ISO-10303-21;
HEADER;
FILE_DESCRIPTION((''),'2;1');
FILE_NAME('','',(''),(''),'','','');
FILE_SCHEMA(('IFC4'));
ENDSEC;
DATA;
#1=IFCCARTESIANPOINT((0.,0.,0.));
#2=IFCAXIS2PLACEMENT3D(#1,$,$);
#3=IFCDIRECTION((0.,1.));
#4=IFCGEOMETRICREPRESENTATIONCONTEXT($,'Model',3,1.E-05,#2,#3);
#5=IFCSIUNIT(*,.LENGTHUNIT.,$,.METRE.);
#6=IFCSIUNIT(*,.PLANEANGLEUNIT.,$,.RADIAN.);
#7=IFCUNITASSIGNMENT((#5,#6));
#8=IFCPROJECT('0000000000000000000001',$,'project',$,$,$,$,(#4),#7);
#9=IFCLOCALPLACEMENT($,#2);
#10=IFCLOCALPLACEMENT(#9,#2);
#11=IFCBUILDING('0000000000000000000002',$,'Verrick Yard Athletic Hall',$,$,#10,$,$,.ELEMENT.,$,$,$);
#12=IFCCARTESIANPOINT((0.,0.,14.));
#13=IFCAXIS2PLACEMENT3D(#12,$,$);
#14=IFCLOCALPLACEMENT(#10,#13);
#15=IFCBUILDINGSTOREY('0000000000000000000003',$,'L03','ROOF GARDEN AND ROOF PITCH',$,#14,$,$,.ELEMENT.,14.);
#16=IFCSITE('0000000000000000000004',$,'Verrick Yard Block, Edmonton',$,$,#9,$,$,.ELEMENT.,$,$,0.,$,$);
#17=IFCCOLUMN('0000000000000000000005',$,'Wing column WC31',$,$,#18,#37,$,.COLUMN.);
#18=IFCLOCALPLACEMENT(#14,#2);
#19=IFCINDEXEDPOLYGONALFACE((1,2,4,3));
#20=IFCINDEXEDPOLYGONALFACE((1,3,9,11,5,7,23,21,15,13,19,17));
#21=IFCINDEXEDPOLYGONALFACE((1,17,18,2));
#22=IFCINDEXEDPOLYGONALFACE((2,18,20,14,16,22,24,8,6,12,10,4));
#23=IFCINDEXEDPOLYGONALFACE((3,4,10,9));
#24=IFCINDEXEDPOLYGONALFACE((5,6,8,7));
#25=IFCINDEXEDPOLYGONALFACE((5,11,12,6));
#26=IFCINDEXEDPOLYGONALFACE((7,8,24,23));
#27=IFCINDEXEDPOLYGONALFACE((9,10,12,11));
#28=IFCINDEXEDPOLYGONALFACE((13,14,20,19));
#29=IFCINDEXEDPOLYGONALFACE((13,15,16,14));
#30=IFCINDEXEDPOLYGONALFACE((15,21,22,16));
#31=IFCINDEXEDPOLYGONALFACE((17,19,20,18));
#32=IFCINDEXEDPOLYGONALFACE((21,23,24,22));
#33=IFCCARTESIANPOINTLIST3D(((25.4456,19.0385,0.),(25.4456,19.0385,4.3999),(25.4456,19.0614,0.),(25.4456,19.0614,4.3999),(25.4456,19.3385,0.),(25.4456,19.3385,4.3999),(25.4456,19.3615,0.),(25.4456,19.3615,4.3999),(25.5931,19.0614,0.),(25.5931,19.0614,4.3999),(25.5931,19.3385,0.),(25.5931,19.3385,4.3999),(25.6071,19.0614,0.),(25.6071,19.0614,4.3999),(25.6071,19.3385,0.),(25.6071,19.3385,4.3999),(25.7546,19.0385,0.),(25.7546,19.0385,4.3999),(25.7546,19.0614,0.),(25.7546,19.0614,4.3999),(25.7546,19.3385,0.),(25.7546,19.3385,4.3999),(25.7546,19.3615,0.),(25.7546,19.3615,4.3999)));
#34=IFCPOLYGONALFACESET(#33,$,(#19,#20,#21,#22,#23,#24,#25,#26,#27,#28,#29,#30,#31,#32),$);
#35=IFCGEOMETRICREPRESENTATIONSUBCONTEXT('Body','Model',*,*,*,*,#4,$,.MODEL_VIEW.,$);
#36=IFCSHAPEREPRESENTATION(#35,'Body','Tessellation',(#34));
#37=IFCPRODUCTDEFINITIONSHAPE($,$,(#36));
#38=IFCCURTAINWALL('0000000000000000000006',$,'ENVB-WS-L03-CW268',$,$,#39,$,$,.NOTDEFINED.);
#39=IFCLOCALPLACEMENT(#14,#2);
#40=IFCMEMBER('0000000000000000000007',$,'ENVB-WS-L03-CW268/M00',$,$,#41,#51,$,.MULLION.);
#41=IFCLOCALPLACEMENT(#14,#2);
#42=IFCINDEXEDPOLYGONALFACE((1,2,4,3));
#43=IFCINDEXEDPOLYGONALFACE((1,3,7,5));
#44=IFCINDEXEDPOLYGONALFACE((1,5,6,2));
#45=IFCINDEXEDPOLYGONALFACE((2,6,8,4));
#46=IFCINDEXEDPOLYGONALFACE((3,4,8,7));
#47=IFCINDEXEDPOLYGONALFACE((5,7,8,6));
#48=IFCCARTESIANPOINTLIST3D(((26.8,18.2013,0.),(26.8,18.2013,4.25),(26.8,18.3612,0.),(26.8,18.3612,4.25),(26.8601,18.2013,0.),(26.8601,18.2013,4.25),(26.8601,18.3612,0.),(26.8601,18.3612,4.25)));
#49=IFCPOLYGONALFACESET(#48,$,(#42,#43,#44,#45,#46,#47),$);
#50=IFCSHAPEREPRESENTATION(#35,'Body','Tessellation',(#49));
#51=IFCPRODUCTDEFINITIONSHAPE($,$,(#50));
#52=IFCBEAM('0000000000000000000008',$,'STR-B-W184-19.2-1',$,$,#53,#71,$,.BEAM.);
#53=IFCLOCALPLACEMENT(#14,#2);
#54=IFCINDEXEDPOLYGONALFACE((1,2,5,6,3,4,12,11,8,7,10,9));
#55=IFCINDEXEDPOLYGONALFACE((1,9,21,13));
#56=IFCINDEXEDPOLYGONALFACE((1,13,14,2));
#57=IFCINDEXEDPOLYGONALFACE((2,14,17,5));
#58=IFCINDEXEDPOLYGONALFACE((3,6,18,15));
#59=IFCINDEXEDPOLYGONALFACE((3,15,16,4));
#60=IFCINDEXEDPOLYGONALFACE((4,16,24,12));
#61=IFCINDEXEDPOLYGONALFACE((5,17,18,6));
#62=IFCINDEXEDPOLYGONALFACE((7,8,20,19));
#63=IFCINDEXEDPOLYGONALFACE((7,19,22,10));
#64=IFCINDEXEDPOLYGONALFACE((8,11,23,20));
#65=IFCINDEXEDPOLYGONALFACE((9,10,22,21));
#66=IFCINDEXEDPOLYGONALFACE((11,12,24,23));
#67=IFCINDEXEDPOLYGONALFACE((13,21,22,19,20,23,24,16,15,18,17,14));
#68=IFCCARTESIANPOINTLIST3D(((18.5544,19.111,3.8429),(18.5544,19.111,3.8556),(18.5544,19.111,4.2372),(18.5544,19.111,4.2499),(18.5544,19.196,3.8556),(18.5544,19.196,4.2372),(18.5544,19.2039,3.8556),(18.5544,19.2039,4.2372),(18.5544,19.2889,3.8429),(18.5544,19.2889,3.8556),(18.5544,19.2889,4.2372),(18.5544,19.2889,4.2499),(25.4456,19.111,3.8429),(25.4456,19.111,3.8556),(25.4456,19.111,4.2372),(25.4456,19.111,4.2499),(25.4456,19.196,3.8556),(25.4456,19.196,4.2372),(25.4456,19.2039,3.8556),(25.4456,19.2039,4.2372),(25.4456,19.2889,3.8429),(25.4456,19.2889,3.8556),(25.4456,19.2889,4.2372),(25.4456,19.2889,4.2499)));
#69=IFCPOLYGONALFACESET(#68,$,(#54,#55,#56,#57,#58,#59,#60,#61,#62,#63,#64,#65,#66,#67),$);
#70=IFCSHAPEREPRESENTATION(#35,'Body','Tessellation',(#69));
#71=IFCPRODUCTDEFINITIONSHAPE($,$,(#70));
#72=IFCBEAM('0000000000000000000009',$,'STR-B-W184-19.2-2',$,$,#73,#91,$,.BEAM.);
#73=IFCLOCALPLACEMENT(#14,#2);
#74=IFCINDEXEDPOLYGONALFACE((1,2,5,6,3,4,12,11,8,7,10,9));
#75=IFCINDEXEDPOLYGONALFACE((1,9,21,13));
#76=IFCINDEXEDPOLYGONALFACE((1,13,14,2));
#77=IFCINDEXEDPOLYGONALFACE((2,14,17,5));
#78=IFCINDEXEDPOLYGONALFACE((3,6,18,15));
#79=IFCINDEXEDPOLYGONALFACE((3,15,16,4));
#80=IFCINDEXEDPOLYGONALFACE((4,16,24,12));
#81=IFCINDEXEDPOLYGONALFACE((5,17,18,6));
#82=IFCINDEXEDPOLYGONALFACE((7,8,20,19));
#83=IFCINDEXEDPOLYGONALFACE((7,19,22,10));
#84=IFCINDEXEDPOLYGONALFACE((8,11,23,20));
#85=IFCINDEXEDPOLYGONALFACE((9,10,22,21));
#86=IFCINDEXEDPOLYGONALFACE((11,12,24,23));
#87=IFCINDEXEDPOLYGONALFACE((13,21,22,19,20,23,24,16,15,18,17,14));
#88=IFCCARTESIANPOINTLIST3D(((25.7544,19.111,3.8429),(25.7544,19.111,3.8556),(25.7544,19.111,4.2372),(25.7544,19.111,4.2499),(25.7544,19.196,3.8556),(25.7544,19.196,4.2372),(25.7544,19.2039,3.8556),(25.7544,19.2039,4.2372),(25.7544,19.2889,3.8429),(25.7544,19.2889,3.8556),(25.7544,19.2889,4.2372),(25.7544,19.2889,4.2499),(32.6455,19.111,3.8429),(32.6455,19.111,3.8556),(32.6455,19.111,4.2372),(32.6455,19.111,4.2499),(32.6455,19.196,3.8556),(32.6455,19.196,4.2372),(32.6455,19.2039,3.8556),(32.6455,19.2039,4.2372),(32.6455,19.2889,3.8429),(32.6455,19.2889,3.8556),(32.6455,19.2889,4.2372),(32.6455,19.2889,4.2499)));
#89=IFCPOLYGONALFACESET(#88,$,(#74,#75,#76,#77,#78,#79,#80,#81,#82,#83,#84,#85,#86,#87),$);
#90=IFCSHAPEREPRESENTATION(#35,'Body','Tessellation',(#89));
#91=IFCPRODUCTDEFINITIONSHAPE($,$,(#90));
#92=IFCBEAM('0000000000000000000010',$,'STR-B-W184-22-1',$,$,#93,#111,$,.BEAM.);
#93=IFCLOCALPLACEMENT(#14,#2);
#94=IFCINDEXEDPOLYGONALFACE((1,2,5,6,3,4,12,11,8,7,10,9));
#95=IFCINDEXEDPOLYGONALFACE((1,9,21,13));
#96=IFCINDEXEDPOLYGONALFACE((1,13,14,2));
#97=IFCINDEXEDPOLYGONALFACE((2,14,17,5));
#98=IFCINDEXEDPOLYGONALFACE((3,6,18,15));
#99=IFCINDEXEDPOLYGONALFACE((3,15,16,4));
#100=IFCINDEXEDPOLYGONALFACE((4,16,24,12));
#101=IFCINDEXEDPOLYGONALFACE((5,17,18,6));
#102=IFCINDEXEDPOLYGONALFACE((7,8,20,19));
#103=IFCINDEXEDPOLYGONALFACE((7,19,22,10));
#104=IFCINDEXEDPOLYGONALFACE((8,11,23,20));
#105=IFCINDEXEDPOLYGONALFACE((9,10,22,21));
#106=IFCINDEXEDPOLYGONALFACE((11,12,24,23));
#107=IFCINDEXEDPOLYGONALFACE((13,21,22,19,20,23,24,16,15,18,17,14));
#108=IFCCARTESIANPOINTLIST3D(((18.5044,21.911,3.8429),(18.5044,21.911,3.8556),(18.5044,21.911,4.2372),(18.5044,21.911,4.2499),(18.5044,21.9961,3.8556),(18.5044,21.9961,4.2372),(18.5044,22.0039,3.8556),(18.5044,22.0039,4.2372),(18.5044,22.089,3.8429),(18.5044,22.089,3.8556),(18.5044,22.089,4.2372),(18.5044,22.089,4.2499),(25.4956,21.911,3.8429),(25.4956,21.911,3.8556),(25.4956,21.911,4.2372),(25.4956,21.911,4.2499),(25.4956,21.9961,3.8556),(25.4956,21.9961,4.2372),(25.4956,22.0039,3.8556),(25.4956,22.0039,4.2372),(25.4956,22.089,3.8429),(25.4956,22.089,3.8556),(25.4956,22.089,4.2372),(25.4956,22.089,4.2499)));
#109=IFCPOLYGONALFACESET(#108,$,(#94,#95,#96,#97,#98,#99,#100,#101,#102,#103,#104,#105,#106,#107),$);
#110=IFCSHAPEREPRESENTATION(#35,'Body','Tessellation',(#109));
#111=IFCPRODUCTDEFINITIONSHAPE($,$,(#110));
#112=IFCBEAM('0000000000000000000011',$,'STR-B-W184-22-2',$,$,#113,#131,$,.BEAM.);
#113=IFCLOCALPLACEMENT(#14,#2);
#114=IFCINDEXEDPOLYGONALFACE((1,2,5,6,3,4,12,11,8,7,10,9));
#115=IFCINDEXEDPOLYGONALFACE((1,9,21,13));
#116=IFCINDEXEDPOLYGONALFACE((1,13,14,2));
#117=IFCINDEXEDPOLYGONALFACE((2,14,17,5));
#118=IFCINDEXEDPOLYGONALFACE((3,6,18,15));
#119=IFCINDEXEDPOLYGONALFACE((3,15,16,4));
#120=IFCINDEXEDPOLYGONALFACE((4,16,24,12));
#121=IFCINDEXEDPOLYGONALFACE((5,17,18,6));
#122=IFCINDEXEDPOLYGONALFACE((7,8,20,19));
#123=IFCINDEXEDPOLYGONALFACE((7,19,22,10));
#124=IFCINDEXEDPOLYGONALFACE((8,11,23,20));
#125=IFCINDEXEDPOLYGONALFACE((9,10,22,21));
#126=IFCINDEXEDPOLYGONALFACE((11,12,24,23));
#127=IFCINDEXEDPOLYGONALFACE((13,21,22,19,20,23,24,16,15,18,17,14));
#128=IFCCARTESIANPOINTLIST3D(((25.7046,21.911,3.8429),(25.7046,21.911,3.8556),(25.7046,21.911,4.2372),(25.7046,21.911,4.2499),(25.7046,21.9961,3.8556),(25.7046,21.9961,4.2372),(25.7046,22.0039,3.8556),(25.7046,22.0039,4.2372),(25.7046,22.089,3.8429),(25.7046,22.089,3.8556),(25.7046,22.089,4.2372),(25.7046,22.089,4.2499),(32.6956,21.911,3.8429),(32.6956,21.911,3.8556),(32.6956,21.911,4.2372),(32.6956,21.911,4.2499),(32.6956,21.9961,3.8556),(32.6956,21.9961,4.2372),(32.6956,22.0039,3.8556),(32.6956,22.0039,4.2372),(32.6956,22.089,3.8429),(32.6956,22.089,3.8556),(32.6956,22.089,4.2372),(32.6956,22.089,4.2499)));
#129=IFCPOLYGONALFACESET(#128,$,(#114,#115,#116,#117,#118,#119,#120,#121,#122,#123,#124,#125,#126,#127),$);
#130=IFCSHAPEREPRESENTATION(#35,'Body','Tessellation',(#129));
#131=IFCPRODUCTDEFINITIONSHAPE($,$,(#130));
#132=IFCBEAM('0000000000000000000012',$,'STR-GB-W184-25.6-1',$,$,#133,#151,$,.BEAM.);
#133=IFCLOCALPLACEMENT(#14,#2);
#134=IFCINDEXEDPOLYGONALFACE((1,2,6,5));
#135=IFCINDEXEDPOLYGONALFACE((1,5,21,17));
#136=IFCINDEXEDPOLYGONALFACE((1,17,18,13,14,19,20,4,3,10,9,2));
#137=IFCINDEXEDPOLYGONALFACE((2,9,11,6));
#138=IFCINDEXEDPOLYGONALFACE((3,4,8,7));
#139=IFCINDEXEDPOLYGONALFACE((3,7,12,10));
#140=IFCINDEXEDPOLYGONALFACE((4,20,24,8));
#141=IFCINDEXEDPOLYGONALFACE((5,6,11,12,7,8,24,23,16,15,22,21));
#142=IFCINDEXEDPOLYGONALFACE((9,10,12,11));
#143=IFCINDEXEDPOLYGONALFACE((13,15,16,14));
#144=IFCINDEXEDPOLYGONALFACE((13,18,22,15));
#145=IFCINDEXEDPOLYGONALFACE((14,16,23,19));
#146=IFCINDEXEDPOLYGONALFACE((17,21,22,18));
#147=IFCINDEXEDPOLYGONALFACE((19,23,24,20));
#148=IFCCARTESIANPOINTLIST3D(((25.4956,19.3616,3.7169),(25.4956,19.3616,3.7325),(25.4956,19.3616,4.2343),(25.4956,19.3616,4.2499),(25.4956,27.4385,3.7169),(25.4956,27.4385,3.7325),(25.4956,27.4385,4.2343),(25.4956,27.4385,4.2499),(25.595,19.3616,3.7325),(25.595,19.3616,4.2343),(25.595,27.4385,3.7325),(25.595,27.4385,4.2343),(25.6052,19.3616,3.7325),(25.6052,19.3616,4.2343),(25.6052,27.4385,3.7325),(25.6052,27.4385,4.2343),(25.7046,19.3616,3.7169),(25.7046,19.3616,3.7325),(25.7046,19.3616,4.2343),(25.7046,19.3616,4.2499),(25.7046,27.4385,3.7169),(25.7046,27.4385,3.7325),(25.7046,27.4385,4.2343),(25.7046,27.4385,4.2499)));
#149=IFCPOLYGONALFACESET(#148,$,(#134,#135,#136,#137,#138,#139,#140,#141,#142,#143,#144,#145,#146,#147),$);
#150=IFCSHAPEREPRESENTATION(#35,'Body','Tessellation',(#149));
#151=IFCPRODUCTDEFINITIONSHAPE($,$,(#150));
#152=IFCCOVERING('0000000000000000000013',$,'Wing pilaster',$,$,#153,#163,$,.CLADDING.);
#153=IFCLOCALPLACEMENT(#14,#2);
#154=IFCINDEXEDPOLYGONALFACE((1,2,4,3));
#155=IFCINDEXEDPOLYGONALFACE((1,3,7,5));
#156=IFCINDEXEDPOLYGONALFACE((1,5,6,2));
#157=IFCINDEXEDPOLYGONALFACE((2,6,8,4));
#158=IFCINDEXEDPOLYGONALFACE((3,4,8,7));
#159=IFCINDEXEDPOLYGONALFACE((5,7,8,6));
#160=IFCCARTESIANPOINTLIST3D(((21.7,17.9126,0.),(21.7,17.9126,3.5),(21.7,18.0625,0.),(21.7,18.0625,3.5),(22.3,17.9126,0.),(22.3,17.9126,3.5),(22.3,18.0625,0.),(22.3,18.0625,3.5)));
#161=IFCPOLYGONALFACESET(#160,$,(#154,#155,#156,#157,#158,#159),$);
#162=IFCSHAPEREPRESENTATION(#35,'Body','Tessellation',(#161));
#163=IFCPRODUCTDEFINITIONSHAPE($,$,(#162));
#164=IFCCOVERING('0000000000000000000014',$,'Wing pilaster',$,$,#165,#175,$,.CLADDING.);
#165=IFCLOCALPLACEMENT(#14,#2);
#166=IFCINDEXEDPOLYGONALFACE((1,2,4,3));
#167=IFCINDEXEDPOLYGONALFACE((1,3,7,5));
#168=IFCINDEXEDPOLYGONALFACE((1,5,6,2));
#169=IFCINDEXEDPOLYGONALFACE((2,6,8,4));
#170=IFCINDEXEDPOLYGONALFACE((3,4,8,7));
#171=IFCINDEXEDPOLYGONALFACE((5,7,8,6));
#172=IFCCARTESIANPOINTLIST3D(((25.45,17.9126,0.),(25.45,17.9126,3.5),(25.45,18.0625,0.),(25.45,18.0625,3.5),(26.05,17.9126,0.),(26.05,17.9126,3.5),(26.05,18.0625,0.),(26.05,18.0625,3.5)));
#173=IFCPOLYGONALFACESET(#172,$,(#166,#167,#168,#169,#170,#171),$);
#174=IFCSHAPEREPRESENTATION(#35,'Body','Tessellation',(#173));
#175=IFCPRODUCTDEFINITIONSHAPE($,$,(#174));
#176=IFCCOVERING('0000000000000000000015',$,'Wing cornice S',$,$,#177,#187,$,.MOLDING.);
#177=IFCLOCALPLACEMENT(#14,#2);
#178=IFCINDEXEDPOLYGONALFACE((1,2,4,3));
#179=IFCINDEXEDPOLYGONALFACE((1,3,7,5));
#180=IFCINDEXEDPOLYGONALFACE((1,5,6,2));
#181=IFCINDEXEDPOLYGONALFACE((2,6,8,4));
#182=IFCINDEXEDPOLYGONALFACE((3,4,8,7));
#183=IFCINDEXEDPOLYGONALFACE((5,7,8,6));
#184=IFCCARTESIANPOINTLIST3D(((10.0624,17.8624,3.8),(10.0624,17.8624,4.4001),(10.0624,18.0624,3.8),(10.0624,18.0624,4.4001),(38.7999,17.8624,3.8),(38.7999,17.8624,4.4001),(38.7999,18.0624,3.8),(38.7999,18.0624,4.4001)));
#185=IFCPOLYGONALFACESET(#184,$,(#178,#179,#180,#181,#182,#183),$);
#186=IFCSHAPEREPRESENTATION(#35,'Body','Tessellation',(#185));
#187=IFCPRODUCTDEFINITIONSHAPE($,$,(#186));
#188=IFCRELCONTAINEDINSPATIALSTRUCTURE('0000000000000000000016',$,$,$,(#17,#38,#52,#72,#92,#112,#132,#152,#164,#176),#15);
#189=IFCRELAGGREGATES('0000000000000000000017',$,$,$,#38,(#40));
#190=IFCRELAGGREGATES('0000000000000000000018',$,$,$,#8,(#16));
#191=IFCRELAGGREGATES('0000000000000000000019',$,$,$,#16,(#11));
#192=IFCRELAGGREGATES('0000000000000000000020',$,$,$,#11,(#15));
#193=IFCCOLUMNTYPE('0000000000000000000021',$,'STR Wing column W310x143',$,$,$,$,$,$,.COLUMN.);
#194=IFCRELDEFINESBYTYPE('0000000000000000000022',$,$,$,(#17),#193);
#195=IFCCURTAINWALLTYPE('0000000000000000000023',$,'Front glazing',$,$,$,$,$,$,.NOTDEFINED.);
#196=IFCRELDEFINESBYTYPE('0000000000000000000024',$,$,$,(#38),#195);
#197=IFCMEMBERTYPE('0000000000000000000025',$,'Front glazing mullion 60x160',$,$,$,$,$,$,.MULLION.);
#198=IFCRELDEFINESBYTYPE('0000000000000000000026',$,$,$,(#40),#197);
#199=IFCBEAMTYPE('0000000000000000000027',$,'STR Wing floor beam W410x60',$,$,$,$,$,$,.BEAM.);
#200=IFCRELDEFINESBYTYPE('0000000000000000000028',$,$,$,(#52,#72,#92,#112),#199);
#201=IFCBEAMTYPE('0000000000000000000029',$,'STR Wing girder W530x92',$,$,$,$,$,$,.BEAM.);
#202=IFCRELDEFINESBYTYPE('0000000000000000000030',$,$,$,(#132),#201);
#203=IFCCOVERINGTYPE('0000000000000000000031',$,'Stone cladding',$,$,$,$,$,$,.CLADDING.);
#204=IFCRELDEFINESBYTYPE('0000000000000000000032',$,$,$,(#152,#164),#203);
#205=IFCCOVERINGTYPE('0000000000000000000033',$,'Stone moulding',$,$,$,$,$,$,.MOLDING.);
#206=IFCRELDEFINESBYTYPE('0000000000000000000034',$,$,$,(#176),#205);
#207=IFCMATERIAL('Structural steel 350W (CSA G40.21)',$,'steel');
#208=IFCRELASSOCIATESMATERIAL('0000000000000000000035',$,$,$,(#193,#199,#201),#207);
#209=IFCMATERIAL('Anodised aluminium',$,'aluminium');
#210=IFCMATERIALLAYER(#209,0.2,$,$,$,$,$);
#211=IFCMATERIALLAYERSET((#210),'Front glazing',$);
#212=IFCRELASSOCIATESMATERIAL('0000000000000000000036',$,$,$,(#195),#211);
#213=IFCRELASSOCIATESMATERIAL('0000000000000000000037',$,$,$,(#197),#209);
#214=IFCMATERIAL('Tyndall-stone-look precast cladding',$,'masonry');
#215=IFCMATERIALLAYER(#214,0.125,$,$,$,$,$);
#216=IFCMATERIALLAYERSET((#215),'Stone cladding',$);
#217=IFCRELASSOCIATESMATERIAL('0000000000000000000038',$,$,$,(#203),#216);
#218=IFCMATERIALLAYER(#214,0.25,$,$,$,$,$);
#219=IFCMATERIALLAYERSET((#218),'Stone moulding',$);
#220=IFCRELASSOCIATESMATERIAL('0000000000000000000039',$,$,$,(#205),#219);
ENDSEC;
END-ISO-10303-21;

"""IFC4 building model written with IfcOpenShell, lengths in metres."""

from ifc_helpers import new_model, si_unit, direction, frame, origin, origin_2d, place, context, subcontext, project, spatial, rectangle, i_section, extrude, material, layer, layer_set, material_profile, profile_set, type_object, element, aggregate, save


model = new_model("IFC4")

# Units and contexts
model_context = context("Model", 3, precision=1e-05, world=origin(), true_north=direction((0.0, 1.0)))
body_context = subcontext(model_context, "Body", "Model", "MODEL_VIEW")
ifc_project = project(units=[si_unit("LENGTHUNIT", "METRE"), si_unit("PLANEANGLEUNIT", "RADIAN")], contexts=[model_context])

# Site, building, storey
site_placement = place(None, origin())
site = spatial("IfcSite", under=ifc_project, at=site_placement, Name="Verrick Yard Block, Edmonton", CompositionType="ELEMENT", RefElevation=0.0)
building_placement = place(site_placement, origin())
building = spatial("IfcBuilding", under=site, at=building_placement, Name="Verrick Yard Athletic Hall", CompositionType="ELEMENT")
storey_placement = place(building_placement, frame((0.0, 0.0, 14.0)))
storey = spatial("IfcBuildingStorey", under=building, at=storey_placement, Name="L03", Description="ROOF GARDEN AND ROOF PITCH", CompositionType="ELEMENT", Elevation=14.0)

# Column
ifc_material_1 = material(Name="Structural steel 350W (CSA G40.21)", Category="steel")
ifc_material_profile_1 = material_profile(ifc_material_1, i_section(OverallWidth=0.3091, OverallDepth=0.323, WebThickness=0.0139, FlangeThickness=0.0229, at=origin_2d()), Name="W310x143")
ifc_profile_set_1 = profile_set([ifc_material_profile_1], Name="Structural steel 350W (CSA G40.21)")
column_type = type_object("IfcColumnType", Name="STR Wing column W310x143", PredefinedType="COLUMN", material=ifc_profile_set_1)
column_placement = place(storey_placement, frame((25.6001, 19.2, 0.0), z_axis=(0.0, 0.0, 1.0), x_axis=(1.0, 0.0, 0.0)))
element("IfcColumn", 1, at=column_placement, inside=storey, type_object=column_type, Name="Wing column WC31", PredefinedType="COLUMN", context=body_context, shape_type="SweptSolid", body=[
    extrude(i_section(OverallWidth=0.3091, OverallDepth=0.323, WebThickness=0.0139, FlangeThickness=0.0229, at=origin_2d()), origin(), (0.0, 0.0, 1.0), 4.3999),
])

# Curtain wall, member
ifc_material_2 = material(Name="Anodised aluminium", Category="aluminium")
ifc_layer_1 = layer(ifc_material_2, 0.2)
ifc_layer_set_1 = layer_set([ifc_layer_1], Name="Front glazing")
curtain_wall_type = type_object("IfcCurtainWallType", Name="Front glazing", PredefinedType="NOTDEFINED", material=ifc_layer_set_1)
curtain_wall_placement = place(storey_placement, origin())
curtain_wall = element("IfcCurtainWall", 2, at=curtain_wall_placement, inside=storey, type_object=curtain_wall_type, Name="ENVB-WS-L03-CW268", PredefinedType="NOTDEFINED")
ifc_material_profile_2 = material_profile(ifc_material_2, rectangle(XDim=0.1599, YDim=0.0601, at=origin_2d()), Name="CW mullion 60x160")
ifc_profile_set_2 = profile_set([ifc_material_profile_2], Name="Anodised aluminium")
member_type = type_object("IfcMemberType", Name="Front glazing mullion 60x160", PredefinedType="MULLION", material=ifc_profile_set_2)
member_placement = place(storey_placement, frame((26.8301, 18.2812, 0.0), z_axis=(0.0, 0.0, 1.0), x_axis=(0.0, 1.0, 0.0)))
member = element("IfcMember", 3, at=member_placement, type_object=member_type, Name="ENVB-WS-L03-CW268/M00", PredefinedType="MULLION", context=body_context, shape_type="SweptSolid", body=[
    extrude(rectangle(XDim=0.1599, YDim=0.0601, at=origin_2d()), origin(), (0.0, 0.0, 1.0), 4.25),
])
aggregate(curtain_wall, [member])

# Beams
ifc_material_profile_3 = material_profile(ifc_material_1, i_section(OverallWidth=0.178, OverallDepth=0.407, WebThickness=0.0078, FlangeThickness=0.0127, at=origin_2d()), Name="W410x60")
ifc_profile_set_3 = profile_set([ifc_material_profile_3], Name="Structural steel 350W (CSA G40.21)")
beam_type_1 = type_object("IfcBeamType", Name="STR Wing floor beam W410x60", PredefinedType="BEAM", material=ifc_profile_set_3)
for number, where, z_axis, x_axis, name in (
    (4, (18.5544, 19.2, 4.0464), (1.0, 0.0, 0.0), (0.0, 1.0, 0.0), "STR-B-W184-19.2-1"),
    (5, (25.7544, 19.2, 4.0464), (1.0, 0.0, 0.0), (0.0, 1.0, 0.0), "STR-B-W184-19.2-2"),
):
    element("IfcBeam", number, at=place(storey_placement, frame(where, z_axis=z_axis, x_axis=x_axis)), inside=storey, type_object=beam_type_1, Name=name, PredefinedType="BEAM", context=body_context, shape_type="SweptSolid", body=[
        extrude(i_section(OverallWidth=0.178, OverallDepth=0.407, WebThickness=0.0078, FlangeThickness=0.0127, at=origin_2d()), origin(), (0.0, 0.0, 1.0), 6.8911),
    ])
beam_1_placement = place(storey_placement, frame((18.5044, 22.0, 4.0464), z_axis=(1.0, 0.0, 0.0), x_axis=(0.0, 1.0, 0.0)))
element("IfcBeam", 6, at=beam_1_placement, inside=storey, type_object=beam_type_1, Name="STR-B-W184-22-1", PredefinedType="BEAM", context=body_context, shape_type="SweptSolid", body=[
    extrude(i_section(OverallWidth=0.178, OverallDepth=0.407, WebThickness=0.0078, FlangeThickness=0.0127, at=origin_2d()), origin(), (0.0, 0.0, 1.0), 6.9912),
])
beam_2_placement = place(storey_placement, frame((25.7046, 22.0, 4.0464), z_axis=(1.0, 0.0, 0.0), x_axis=(0.0, 1.0, 0.0)))
element("IfcBeam", 7, at=beam_2_placement, inside=storey, type_object=beam_type_1, Name="STR-B-W184-22-2", PredefinedType="BEAM", context=body_context, shape_type="SweptSolid", body=[
    extrude(i_section(OverallWidth=0.178, OverallDepth=0.407, WebThickness=0.0078, FlangeThickness=0.0127, at=origin_2d()), origin(), (0.0, 0.0, 1.0), 6.991),
])
ifc_material_profile_4 = material_profile(ifc_material_1, i_section(OverallWidth=0.209, OverallDepth=0.533, WebThickness=0.0103, FlangeThickness=0.0156, at=origin_2d()), Name="W530x92")
ifc_profile_set_4 = profile_set([ifc_material_profile_4], Name="Structural steel 350W (CSA G40.21)")
beam_type_2 = type_object("IfcBeamType", Name="STR Wing girder W530x92", PredefinedType="BEAM", material=ifc_profile_set_4)
beam_3_placement = place(storey_placement, frame((25.6001, 19.3616, 3.9834), z_axis=(0.0, 1.0, 0.0), x_axis=(-1.0, 0.0, 0.0)))
element("IfcBeam", 8, at=beam_3_placement, inside=storey, type_object=beam_type_2, Name="STR-GB-W184-25.6-1", PredefinedType="BEAM", context=body_context, shape_type="SweptSolid", body=[
    extrude(i_section(OverallWidth=0.209, OverallDepth=0.533, WebThickness=0.0103, FlangeThickness=0.0156, at=origin_2d()), origin(), (0.0, 0.0, 1.0), 8.0769),
])

# Coverings
ifc_material_3 = material(Name="Tyndall-stone-look precast cladding", Category="masonry")
ifc_layer_2 = layer(ifc_material_3, 0.125)
ifc_layer_set_2 = layer_set([ifc_layer_2], Name="Stone cladding")
covering_type_1 = type_object("IfcCoveringType", Name="Stone cladding", PredefinedType="CLADDING", material=ifc_layer_set_2)
for number, where, z_axis, x_axis, name in (
    (9, (22.0, 17.9875, 0.0), (0.0, 0.0, 1.0), (1.0, 0.0, 0.0), "Wing pilaster"),
    (10, (25.75, 17.9875, 0.0), (0.0, 0.0, 1.0), (1.0, 0.0, 0.0), "Wing pilaster"),
):
    element("IfcCovering", number, at=place(storey_placement, frame(where, z_axis=z_axis, x_axis=x_axis)), inside=storey, type_object=covering_type_1, Name=name, PredefinedType="CLADDING", context=body_context, shape_type="SweptSolid", body=[
        extrude(rectangle(XDim=0.6001, YDim=0.1499, at=origin_2d()), origin(), (0.0, 0.0, 1.0), 3.5),
    ])
ifc_layer_3 = layer(ifc_material_3, 0.25)
ifc_layer_set_3 = layer_set([ifc_layer_3], Name="Stone moulding")
covering_type_2 = type_object("IfcCoveringType", Name="Stone moulding", PredefinedType="MOLDING", material=ifc_layer_set_3)
covering_1_placement = place(storey_placement, frame((24.4312, 17.9624, 3.8), z_axis=(0.0, 0.0, 1.0), x_axis=(1.0, 0.0, 0.0)))
element("IfcCovering", 11, at=covering_1_placement, inside=storey, type_object=covering_type_2, Name="Wing cornice S", PredefinedType="MOLDING", context=body_context, shape_type="SweptSolid", body=[
    extrude(rectangle(XDim=28.7375, YDim=0.2, at=origin_2d()), origin(), (0.0, 0.0, 1.0), 0.6001),
])

save(model, "model.ifc")
